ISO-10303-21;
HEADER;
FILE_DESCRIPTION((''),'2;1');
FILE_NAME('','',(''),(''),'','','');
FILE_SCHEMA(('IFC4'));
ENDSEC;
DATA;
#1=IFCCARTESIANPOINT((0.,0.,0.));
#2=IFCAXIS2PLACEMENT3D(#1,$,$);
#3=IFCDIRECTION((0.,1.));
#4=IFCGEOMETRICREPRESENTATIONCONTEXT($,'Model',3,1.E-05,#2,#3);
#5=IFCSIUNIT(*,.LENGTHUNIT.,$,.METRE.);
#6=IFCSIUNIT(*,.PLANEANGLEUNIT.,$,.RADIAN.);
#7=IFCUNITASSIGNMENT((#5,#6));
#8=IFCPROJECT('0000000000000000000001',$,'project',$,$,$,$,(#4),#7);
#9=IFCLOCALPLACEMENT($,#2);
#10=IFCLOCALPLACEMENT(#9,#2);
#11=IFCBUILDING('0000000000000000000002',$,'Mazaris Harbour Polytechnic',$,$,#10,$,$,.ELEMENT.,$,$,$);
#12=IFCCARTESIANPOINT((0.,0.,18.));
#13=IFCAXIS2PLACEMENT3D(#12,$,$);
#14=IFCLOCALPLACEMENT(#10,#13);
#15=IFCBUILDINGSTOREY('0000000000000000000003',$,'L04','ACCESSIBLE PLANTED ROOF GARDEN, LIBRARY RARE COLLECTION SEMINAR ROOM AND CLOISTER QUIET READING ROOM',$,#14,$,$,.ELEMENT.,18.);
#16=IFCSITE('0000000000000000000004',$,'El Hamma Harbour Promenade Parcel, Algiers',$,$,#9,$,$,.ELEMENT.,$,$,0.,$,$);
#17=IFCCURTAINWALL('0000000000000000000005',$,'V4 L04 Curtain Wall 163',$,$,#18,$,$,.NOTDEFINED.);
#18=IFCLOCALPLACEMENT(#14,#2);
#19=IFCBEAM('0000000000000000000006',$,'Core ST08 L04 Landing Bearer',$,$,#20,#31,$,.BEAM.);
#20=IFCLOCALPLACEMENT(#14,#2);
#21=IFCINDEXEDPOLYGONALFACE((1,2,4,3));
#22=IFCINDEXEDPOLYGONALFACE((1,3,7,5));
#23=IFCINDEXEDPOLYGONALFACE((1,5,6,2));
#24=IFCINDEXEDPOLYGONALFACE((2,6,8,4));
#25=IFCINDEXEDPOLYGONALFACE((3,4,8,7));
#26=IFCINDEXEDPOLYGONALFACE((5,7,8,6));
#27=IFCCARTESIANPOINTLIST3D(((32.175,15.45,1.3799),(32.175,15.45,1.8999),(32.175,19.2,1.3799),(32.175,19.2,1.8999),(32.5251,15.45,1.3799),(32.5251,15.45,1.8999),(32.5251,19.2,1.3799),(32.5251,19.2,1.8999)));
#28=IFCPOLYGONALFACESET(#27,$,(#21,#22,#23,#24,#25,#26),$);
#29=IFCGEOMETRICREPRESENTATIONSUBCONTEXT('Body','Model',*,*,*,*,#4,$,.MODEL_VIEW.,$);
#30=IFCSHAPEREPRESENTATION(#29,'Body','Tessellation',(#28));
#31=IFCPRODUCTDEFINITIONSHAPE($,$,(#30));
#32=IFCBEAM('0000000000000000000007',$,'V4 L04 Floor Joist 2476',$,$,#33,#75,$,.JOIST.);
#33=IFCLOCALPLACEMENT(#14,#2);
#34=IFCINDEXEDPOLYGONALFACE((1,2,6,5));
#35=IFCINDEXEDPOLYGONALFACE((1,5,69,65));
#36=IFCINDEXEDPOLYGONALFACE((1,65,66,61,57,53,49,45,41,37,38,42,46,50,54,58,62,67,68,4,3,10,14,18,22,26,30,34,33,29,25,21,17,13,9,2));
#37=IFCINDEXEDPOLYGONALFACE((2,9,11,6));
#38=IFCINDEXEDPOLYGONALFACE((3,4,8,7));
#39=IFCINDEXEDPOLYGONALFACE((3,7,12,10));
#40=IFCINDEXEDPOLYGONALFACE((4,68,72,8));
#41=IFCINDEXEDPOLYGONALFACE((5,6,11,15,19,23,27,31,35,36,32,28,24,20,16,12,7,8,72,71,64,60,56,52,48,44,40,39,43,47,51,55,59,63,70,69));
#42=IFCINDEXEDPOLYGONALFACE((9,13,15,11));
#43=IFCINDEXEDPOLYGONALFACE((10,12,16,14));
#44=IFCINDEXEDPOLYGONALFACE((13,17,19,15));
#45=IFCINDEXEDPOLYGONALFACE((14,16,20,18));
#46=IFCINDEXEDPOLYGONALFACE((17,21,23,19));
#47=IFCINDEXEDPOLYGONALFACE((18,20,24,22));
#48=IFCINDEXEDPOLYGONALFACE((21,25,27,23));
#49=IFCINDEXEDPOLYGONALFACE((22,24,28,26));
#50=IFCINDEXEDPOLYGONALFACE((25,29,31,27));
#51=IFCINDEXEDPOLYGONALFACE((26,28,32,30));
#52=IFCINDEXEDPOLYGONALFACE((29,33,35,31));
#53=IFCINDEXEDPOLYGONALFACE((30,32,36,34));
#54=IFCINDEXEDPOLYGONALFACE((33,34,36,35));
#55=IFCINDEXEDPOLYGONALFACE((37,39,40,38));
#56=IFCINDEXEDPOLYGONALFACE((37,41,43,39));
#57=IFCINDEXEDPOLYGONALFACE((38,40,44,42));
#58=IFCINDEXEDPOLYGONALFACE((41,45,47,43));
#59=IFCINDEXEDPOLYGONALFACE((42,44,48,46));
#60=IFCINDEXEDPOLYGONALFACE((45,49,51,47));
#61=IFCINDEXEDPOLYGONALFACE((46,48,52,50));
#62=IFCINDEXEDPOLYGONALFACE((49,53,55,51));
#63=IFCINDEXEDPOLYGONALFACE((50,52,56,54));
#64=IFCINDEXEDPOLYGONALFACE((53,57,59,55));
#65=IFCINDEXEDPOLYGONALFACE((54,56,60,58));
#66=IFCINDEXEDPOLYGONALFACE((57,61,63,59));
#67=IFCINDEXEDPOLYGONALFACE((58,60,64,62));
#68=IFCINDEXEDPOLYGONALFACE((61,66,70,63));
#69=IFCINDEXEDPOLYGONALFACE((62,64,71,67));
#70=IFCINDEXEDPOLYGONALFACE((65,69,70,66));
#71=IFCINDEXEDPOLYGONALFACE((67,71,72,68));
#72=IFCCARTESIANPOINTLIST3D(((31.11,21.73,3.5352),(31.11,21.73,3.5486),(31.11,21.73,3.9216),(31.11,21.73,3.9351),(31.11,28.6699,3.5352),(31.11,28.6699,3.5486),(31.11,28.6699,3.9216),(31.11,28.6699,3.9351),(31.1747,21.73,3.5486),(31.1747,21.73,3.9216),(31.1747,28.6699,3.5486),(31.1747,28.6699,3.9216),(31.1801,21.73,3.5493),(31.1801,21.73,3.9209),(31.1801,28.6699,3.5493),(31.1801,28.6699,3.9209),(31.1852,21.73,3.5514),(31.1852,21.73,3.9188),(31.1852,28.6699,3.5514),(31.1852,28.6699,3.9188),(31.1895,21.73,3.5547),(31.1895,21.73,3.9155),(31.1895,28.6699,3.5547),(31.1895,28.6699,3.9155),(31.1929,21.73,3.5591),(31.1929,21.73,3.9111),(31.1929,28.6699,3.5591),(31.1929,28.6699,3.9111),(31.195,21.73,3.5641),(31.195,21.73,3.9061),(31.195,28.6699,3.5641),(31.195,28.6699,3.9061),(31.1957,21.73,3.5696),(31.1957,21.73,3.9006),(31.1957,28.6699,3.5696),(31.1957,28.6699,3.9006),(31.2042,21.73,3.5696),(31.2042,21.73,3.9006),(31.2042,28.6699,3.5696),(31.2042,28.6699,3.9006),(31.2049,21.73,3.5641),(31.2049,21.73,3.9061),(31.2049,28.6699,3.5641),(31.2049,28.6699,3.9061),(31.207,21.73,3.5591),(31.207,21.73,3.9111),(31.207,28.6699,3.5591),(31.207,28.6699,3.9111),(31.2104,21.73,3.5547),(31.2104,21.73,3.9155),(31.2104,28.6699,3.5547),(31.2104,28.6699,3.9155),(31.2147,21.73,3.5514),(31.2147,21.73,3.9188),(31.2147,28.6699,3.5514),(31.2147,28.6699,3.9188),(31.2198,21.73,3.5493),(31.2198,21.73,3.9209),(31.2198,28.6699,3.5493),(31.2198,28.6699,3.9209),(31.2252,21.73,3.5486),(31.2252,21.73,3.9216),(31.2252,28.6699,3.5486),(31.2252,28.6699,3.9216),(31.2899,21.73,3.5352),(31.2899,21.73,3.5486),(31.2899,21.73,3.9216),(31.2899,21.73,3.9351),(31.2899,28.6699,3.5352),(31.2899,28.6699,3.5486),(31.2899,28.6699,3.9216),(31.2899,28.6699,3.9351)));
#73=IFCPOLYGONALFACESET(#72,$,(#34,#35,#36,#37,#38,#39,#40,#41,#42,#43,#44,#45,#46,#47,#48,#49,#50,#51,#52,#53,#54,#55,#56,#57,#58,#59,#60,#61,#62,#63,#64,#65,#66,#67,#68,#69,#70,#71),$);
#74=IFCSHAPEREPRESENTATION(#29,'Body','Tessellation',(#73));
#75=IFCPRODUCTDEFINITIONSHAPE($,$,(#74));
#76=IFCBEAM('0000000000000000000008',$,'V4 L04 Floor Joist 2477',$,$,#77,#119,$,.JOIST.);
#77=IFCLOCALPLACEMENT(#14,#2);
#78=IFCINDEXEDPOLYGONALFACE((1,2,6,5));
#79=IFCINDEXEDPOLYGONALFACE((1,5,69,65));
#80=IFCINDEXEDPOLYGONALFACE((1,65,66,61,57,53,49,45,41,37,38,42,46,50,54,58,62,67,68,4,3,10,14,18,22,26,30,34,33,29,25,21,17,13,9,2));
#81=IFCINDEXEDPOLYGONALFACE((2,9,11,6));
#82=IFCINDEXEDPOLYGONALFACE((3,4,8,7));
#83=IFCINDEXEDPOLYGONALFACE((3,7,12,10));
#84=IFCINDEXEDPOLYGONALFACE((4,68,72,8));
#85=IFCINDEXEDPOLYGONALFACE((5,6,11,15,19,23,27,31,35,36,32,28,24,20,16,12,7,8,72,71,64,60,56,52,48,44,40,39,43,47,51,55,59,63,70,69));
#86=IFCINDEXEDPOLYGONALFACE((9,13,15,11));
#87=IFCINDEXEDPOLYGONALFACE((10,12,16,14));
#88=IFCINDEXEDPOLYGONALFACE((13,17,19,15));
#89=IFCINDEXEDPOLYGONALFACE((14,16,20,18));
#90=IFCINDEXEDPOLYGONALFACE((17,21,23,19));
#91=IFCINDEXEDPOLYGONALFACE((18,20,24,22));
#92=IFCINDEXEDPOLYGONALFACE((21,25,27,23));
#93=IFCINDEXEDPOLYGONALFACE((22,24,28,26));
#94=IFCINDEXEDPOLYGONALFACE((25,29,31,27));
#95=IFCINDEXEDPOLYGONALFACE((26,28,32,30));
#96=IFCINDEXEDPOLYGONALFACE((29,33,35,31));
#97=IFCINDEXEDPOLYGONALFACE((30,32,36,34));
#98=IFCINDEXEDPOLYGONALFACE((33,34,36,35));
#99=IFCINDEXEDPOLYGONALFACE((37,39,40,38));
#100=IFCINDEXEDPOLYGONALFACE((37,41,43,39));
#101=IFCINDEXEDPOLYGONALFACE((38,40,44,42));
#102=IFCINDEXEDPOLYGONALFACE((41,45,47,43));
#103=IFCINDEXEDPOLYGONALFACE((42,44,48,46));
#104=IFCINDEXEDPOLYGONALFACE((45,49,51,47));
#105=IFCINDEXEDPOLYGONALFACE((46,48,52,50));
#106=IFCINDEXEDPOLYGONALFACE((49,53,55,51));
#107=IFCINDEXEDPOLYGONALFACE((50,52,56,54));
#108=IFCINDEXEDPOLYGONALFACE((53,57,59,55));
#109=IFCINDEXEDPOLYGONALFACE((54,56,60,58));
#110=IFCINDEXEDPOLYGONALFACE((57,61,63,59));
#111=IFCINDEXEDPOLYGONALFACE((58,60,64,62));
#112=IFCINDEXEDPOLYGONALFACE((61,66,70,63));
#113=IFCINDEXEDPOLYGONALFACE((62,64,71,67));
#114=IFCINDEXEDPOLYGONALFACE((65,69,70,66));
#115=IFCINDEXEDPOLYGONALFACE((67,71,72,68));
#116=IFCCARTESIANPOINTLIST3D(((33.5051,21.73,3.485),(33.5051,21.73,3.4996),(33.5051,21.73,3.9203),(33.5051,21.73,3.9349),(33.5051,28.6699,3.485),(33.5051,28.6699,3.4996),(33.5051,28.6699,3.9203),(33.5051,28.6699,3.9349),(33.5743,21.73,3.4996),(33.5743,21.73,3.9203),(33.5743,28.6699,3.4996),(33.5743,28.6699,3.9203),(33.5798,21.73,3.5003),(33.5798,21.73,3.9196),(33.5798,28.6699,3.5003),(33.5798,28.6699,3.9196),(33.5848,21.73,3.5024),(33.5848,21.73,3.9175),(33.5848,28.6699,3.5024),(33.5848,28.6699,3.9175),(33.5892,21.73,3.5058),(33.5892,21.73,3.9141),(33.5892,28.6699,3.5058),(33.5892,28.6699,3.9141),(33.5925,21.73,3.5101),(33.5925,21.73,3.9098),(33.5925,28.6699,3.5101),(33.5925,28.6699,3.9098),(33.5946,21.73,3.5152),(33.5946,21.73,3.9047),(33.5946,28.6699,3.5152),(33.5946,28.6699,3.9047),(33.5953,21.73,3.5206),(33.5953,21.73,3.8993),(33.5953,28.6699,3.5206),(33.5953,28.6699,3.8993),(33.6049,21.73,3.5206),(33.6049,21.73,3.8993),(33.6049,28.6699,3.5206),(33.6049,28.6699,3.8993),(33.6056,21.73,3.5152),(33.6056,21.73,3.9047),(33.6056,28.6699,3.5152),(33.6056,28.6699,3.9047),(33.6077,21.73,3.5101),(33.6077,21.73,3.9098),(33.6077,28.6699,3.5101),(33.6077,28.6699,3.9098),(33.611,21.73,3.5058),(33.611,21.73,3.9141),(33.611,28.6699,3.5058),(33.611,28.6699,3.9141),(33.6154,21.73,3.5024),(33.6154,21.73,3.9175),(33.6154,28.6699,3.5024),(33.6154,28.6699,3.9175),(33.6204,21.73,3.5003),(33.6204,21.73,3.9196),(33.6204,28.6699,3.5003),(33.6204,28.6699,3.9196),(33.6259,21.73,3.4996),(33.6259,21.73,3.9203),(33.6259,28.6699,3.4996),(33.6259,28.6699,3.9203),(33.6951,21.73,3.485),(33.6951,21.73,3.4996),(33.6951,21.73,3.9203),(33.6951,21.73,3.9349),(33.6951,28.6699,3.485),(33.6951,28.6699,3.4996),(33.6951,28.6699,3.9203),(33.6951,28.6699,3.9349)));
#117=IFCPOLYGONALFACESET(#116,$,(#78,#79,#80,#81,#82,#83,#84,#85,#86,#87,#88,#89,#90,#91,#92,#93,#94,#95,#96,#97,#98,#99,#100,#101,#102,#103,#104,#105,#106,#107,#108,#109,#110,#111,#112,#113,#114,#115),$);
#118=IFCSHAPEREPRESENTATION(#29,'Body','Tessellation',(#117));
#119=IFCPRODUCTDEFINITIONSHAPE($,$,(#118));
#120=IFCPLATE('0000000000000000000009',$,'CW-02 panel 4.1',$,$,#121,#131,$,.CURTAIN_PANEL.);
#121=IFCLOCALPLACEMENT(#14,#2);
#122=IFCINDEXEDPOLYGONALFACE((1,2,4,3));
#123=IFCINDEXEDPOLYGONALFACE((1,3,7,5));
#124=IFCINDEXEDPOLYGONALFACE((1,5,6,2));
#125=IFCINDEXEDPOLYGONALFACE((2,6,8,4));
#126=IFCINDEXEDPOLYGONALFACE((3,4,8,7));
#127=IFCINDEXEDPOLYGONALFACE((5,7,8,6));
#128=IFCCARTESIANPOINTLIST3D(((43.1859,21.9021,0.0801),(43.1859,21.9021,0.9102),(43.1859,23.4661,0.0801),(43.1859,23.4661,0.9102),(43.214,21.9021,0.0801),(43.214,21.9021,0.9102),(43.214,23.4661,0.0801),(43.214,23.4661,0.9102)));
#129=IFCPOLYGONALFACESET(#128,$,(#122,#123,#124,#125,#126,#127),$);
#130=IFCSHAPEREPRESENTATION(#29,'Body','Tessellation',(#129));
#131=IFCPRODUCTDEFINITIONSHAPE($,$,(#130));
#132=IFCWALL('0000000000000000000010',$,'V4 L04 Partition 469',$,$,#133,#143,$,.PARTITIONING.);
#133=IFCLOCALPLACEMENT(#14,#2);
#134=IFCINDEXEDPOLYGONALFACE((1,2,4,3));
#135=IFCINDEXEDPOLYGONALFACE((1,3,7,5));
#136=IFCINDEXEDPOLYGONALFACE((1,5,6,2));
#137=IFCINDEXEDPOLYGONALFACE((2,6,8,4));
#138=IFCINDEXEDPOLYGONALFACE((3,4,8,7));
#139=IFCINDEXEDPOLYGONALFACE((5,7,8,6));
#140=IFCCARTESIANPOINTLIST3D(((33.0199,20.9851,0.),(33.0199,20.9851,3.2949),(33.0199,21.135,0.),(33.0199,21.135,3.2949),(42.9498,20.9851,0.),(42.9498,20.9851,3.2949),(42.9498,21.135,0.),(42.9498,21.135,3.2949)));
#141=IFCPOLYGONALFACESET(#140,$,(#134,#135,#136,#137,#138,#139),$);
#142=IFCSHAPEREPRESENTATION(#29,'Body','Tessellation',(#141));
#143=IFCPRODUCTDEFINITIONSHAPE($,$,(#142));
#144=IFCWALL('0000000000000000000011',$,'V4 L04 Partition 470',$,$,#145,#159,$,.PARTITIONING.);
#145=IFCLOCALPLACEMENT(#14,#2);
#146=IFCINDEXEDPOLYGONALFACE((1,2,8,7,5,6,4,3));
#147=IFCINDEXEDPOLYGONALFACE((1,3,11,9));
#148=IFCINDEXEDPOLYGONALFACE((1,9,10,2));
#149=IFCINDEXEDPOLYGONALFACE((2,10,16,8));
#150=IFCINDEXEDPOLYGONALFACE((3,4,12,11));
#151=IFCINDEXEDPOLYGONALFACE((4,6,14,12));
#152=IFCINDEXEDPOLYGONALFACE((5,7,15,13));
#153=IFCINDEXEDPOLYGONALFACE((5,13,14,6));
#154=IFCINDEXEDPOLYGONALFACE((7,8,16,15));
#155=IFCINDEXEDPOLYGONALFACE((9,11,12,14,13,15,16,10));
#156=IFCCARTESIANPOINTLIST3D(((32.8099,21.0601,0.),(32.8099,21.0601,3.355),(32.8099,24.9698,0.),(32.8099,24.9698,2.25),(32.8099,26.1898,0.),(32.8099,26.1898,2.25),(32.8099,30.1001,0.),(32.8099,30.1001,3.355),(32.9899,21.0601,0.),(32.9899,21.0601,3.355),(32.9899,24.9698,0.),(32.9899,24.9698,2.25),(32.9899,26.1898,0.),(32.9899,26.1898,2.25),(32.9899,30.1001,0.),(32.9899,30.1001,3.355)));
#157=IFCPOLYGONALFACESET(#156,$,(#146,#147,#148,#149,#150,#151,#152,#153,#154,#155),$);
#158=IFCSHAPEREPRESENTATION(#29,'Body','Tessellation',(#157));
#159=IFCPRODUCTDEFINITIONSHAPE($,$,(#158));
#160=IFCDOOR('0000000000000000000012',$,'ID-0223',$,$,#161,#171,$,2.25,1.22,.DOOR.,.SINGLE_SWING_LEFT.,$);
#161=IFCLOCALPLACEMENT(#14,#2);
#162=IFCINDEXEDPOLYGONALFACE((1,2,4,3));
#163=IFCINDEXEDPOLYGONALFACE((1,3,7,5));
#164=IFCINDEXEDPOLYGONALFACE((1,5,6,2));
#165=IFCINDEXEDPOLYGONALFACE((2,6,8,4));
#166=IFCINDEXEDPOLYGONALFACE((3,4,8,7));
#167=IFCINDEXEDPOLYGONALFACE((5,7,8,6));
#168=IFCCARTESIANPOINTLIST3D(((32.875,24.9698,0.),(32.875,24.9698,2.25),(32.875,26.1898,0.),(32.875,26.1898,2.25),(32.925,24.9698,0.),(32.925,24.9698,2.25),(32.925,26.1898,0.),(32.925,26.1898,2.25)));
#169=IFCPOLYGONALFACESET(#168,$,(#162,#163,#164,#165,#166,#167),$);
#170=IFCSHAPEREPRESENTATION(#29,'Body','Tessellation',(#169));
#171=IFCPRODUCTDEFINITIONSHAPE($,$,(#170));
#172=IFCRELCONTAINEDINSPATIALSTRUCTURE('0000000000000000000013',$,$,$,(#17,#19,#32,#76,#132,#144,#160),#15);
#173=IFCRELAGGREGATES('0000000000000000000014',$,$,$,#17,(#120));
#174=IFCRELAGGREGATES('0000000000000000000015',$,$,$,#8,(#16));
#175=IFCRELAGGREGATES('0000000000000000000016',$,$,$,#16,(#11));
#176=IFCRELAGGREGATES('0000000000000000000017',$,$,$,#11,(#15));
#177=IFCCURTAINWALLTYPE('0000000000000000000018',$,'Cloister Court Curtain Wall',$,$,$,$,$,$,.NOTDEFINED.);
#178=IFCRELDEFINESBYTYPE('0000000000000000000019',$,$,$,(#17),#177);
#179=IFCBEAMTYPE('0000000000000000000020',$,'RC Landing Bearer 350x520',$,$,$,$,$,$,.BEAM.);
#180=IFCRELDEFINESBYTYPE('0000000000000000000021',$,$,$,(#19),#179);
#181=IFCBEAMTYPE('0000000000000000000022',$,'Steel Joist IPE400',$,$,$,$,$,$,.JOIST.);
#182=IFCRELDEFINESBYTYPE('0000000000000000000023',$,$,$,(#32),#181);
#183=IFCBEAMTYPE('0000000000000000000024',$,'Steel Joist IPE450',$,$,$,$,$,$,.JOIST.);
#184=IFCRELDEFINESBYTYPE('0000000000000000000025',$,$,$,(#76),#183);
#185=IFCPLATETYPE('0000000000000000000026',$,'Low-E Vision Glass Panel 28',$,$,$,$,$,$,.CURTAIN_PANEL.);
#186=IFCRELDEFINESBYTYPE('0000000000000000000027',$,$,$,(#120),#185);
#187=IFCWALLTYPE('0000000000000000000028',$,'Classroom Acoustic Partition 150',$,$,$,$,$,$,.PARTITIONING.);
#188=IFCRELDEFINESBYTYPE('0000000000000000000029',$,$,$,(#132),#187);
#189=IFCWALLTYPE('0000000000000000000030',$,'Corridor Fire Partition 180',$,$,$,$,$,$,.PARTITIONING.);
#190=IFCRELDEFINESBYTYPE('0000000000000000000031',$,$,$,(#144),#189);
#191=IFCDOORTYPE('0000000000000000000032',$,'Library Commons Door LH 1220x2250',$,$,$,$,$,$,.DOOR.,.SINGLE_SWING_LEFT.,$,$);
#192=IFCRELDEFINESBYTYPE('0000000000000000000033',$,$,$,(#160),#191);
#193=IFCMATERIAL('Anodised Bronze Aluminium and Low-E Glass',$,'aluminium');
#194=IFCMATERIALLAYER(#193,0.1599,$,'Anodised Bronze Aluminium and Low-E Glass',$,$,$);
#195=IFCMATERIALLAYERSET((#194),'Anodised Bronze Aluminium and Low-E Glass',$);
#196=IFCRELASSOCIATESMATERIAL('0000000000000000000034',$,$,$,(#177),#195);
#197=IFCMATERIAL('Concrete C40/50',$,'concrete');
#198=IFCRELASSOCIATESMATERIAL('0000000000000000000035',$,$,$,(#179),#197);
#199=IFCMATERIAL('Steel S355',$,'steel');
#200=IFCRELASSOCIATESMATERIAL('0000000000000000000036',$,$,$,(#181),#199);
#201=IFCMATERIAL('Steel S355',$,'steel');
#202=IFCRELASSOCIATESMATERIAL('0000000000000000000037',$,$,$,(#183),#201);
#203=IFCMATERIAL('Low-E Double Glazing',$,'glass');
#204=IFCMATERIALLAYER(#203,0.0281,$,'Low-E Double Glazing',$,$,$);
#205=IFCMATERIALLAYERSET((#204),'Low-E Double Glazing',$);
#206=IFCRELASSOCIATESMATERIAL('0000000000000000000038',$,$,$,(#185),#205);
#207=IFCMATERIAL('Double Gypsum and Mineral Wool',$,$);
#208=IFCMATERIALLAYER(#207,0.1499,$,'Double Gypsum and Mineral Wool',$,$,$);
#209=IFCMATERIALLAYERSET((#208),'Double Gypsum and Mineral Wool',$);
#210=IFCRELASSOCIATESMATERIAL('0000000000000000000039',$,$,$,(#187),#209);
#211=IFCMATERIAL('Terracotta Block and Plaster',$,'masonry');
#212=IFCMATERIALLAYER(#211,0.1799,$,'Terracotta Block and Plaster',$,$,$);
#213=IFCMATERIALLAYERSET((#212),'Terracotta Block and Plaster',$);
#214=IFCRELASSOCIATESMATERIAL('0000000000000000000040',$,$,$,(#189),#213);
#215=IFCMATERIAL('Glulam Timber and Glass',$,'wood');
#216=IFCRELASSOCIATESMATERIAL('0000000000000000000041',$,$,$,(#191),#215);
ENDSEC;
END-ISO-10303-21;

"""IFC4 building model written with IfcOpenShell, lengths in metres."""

from ifc_helpers import new_model, si_unit, direction, frame, frame_2d, origin, origin_2d, place, context, subcontext, project, spatial, rectangle, i_section, extrude, material, layer, layer_set, material_profile, profile_set, type_object, element, fill, aggregate, save


model = new_model("IFC4")

# Units and contexts
model_context = context("Model", 3, precision=1e-05, world=origin(), true_north=direction((0.0, 1.0)))
body_context = subcontext(model_context, "Body", "Model", "MODEL_VIEW")
ifc_project = project(units=[si_unit("LENGTHUNIT", "METRE"), si_unit("PLANEANGLEUNIT", "RADIAN")], contexts=[model_context])

# Site, building, storey
site_placement = place(None, origin())
site = spatial("IfcSite", under=ifc_project, at=site_placement, Name="El Hamma Harbour Promenade Parcel, Algiers", CompositionType="ELEMENT", RefElevation=0.0)
building_placement = place(site_placement, origin())
building = spatial("IfcBuilding", under=site, at=building_placement, Name="Mazaris Harbour Polytechnic", CompositionType="ELEMENT")
storey_placement = place(building_placement, frame((0.0, 0.0, 18.0)))
storey = spatial("IfcBuildingStorey", under=building, at=storey_placement, Name="L04", Description="ACCESSIBLE PLANTED ROOF GARDEN, LIBRARY RARE COLLECTION SEMINAR ROOM AND CLOISTER QUIET READING ROOM", CompositionType="ELEMENT", Elevation=18.0)

# Curtain wall
ifc_material_1 = material(Name="Anodised Bronze Aluminium and Low-E Glass", Category="aluminium")
ifc_layer_1 = layer(ifc_material_1, 0.1599, Name="Anodised Bronze Aluminium and Low-E Glass")
ifc_layer_set_1 = layer_set([ifc_layer_1], Name="Anodised Bronze Aluminium and Low-E Glass")
curtain_wall_type = type_object("IfcCurtainWallType", Name="Cloister Court Curtain Wall", PredefinedType="NOTDEFINED", material=ifc_layer_set_1)
curtain_wall_1_placement = place(storey_placement, origin())
curtain_wall_1 = element("IfcCurtainWall", 1, at=curtain_wall_1_placement, inside=storey, type_object=curtain_wall_type, Name="V4 L04 Curtain Wall 163", PredefinedType="NOTDEFINED")

# Beams
ifc_material_2 = material(Name="Concrete C40/50", Category="concrete")
ifc_material_profile_1 = material_profile(ifc_material_2, rectangle(XDim=0.3501, YDim=0.52, at=origin_2d()), Name="RECT350x520")
ifc_profile_set_1 = profile_set([ifc_material_profile_1], Name="Concrete C40/50")
beam_type_1 = type_object("IfcBeamType", Name="RC Landing Bearer 350x520", PredefinedType="BEAM", material=ifc_profile_set_1)
for number, where, z_axis, x_axis, name in (
    (2, (32.3501, 15.45, 1.6399), (0.0, 1.0, 0.0), (-1.0, 0.0, 0.0), "Core ST08 L04 Landing Bearer"),
):
    element("IfcBeam", number, at=place(storey_placement, frame(where, z_axis=z_axis, x_axis=x_axis)), inside=storey, type_object=beam_type_1, Name=name, PredefinedType="BEAM", context=body_context, shape_type="SweptSolid", body=[
        extrude(rectangle(XDim=0.3501, YDim=0.52, at=origin_2d()), origin(), (0.0, 0.0, 1.0), 3.75),
    ])
ifc_material_3 = material(Name="Steel S355", Category="steel")
ifc_material_profile_2 = material_profile(ifc_material_3, i_section(OverallWidth=0.1799, OverallDepth=0.3999, WebThickness=0.0085, FlangeThickness=0.0134, FilletRadius=0.021, at=origin_2d()), Name="IPE 400")
ifc_profile_set_2 = profile_set([ifc_material_profile_2], Name="Steel S355")
beam_type_2 = type_object("IfcBeamType", Name="Steel Joist IPE400", PredefinedType="JOIST", material=ifc_profile_set_2)
beam_1_placement = place(storey_placement, frame((31.2, 21.73, 3.7351), z_axis=(0.0, 1.0, 0.0), x_axis=(-1.0, 0.0, 0.0)))
element("IfcBeam", 3, at=beam_1_placement, inside=storey, type_object=beam_type_2, Name="V4 L04 Floor Joist 2476", PredefinedType="JOIST", context=body_context, shape_type="SweptSolid", body=[
    extrude(i_section(OverallWidth=0.1799, OverallDepth=0.3999, WebThickness=0.0085, FlangeThickness=0.0134, FilletRadius=0.021, at=origin_2d()), origin(), (0.0, 0.0, 1.0), 6.9399),
])
ifc_material_4 = material(Name="Steel S355", Category="steel")
ifc_material_profile_3 = material_profile(ifc_material_4, i_section(OverallWidth=0.1899, OverallDepth=0.45, WebThickness=0.0095, FlangeThickness=0.0146, FilletRadius=0.021, at=origin_2d()), Name="IPE 450")
ifc_profile_set_3 = profile_set([ifc_material_profile_3], Name="Steel S355")
beam_type_3 = type_object("IfcBeamType", Name="Steel Joist IPE450", PredefinedType="JOIST", material=ifc_profile_set_3)
beam_2_placement = place(storey_placement, frame((33.6001, 21.73, 3.71), z_axis=(0.0, 1.0, 0.0), x_axis=(-1.0, 0.0, 0.0)))
element("IfcBeam", 4, at=beam_2_placement, inside=storey, type_object=beam_type_3, Name="V4 L04 Floor Joist 2477", PredefinedType="JOIST", context=body_context, shape_type="SweptSolid", body=[
    extrude(i_section(OverallWidth=0.1899, OverallDepth=0.45, WebThickness=0.0095, FlangeThickness=0.0146, FilletRadius=0.021, at=origin_2d()), origin(), (0.0, 0.0, 1.0), 6.9399),
])

# Plate
ifc_material_5 = material(Name="Low-E Double Glazing", Category="glass")
ifc_layer_2 = layer(ifc_material_5, 0.0281, Name="Low-E Double Glazing")
ifc_layer_set_2 = layer_set([ifc_layer_2], Name="Low-E Double Glazing")
plate_type = type_object("IfcPlateType", Name="Low-E Vision Glass Panel 28", PredefinedType="CURTAIN_PANEL", material=ifc_layer_set_2)
plate_placement = place(storey_placement, frame((43.2, 22.6841, 0.0801), z_axis=(0.0, 0.0, 1.0), x_axis=(0.0, -1.0, 0.0)))
plate = element("IfcPlate", 5, at=plate_placement, type_object=plate_type, Name="CW-02 panel 4.1", PredefinedType="CURTAIN_PANEL", context=body_context, shape_type="SweptSolid", body=[
    extrude(rectangle(XDim=1.564, YDim=0.0281, at=origin_2d()), origin(), (0.0, 0.0, 1.0), 0.8301),
])
aggregate(curtain_wall_1, [plate])

# Wall
ifc_material_6 = material(Name="Double Gypsum and Mineral Wool")
ifc_layer_3 = layer(ifc_material_6, 0.1499, Name="Double Gypsum and Mineral Wool")
ifc_layer_set_3 = layer_set([ifc_layer_3], Name="Double Gypsum and Mineral Wool")
wall_type_1 = type_object("IfcWallType", Name="Classroom Acoustic Partition 150", PredefinedType="PARTITIONING", material=ifc_layer_set_3)
wall_1_placement = place(storey_placement, frame((33.02, 21.0601, 0.0), z_axis=(0.0, 0.0, 1.0), x_axis=(1.0, 0.0, 0.0)))
element("IfcWall", 6, at=wall_1_placement, inside=storey, type_object=wall_type_1, Name="V4 L04 Partition 469", PredefinedType="PARTITIONING", context=body_context, shape_type="SweptSolid", body=[
    extrude(rectangle(XDim=9.9299, YDim=0.1499, at=frame_2d((4.9648, 0.0))), origin(), (0.0, 0.0, 1.0), 3.2949),
])

# Wall, opening, door
ifc_material_7 = material(Name="Terracotta Block and Plaster", Category="masonry")
ifc_layer_4 = layer(ifc_material_7, 0.1799, Name="Terracotta Block and Plaster")
ifc_layer_set_4 = layer_set([ifc_layer_4], Name="Terracotta Block and Plaster")
wall_type_2 = type_object("IfcWallType", Name="Corridor Fire Partition 180", PredefinedType="PARTITIONING", material=ifc_layer_set_4)
wall_2_placement = place(storey_placement, frame((32.8999, 21.0601, 0.0), z_axis=(0.0, 0.0, 1.0), x_axis=(0.0, 1.0, 0.0)))
wall_2 = element("IfcWall", 7, at=wall_2_placement, inside=storey, type_object=wall_type_2, Name="V4 L04 Partition 470", PredefinedType="PARTITIONING", context=body_context, shape_type="SweptSolid", body=[
    extrude(rectangle(XDim=9.04, YDim=0.1799, at=frame_2d((4.52, 0.0))), origin(), (0.0, 0.0, 1.0), 3.355),
])
opening_1_placement = place(wall_2_placement, frame((3.9099, 0.0, 0.0)))
opening_1 = element("IfcOpeningElement", 8, at=opening_1_placement, cuts=wall_2, PredefinedType="OPENING", context=body_context, shape_type="SweptSolid", body=[
    extrude(rectangle(XDim=1.22, YDim=2.25, at=frame_2d((0.6099, 1.125))), frame((0.0, 0.0999, 0.0), z_axis=(0.0, -1.0, 0.0), x_axis=(1.0, 0.0, 0.0)), (0.0, 0.0, 1.0), 0.2),
])
ifc_material_8 = material(Name="Glulam Timber and Glass", Category="wood")
door_type = type_object("IfcDoorType", Name="Library Commons Door LH 1220x2250", OperationType="SINGLE_SWING_LEFT", PredefinedType="DOOR", material=ifc_material_8)
door_placement = place(opening_1_placement, origin())
door = element("IfcDoor", 9, at=door_placement, inside=storey, type_object=door_type, Name="ID-0223", OperationType="SINGLE_SWING_LEFT", OverallHeight=2.25, OverallWidth=1.22, PredefinedType="DOOR", context=body_context, shape_type="SweptSolid", body=[
    extrude(rectangle(XDim=1.22, YDim=2.25, at=frame_2d((0.6099, 1.125))), frame((0.0, 0.0249, 0.0), z_axis=(0.0, -1.0, 0.0), x_axis=(1.0, 0.0, 0.0)), (0.0, 0.0, 1.0), 0.05),
])
fill(opening_1, door)

save(model, "model.ifc")
